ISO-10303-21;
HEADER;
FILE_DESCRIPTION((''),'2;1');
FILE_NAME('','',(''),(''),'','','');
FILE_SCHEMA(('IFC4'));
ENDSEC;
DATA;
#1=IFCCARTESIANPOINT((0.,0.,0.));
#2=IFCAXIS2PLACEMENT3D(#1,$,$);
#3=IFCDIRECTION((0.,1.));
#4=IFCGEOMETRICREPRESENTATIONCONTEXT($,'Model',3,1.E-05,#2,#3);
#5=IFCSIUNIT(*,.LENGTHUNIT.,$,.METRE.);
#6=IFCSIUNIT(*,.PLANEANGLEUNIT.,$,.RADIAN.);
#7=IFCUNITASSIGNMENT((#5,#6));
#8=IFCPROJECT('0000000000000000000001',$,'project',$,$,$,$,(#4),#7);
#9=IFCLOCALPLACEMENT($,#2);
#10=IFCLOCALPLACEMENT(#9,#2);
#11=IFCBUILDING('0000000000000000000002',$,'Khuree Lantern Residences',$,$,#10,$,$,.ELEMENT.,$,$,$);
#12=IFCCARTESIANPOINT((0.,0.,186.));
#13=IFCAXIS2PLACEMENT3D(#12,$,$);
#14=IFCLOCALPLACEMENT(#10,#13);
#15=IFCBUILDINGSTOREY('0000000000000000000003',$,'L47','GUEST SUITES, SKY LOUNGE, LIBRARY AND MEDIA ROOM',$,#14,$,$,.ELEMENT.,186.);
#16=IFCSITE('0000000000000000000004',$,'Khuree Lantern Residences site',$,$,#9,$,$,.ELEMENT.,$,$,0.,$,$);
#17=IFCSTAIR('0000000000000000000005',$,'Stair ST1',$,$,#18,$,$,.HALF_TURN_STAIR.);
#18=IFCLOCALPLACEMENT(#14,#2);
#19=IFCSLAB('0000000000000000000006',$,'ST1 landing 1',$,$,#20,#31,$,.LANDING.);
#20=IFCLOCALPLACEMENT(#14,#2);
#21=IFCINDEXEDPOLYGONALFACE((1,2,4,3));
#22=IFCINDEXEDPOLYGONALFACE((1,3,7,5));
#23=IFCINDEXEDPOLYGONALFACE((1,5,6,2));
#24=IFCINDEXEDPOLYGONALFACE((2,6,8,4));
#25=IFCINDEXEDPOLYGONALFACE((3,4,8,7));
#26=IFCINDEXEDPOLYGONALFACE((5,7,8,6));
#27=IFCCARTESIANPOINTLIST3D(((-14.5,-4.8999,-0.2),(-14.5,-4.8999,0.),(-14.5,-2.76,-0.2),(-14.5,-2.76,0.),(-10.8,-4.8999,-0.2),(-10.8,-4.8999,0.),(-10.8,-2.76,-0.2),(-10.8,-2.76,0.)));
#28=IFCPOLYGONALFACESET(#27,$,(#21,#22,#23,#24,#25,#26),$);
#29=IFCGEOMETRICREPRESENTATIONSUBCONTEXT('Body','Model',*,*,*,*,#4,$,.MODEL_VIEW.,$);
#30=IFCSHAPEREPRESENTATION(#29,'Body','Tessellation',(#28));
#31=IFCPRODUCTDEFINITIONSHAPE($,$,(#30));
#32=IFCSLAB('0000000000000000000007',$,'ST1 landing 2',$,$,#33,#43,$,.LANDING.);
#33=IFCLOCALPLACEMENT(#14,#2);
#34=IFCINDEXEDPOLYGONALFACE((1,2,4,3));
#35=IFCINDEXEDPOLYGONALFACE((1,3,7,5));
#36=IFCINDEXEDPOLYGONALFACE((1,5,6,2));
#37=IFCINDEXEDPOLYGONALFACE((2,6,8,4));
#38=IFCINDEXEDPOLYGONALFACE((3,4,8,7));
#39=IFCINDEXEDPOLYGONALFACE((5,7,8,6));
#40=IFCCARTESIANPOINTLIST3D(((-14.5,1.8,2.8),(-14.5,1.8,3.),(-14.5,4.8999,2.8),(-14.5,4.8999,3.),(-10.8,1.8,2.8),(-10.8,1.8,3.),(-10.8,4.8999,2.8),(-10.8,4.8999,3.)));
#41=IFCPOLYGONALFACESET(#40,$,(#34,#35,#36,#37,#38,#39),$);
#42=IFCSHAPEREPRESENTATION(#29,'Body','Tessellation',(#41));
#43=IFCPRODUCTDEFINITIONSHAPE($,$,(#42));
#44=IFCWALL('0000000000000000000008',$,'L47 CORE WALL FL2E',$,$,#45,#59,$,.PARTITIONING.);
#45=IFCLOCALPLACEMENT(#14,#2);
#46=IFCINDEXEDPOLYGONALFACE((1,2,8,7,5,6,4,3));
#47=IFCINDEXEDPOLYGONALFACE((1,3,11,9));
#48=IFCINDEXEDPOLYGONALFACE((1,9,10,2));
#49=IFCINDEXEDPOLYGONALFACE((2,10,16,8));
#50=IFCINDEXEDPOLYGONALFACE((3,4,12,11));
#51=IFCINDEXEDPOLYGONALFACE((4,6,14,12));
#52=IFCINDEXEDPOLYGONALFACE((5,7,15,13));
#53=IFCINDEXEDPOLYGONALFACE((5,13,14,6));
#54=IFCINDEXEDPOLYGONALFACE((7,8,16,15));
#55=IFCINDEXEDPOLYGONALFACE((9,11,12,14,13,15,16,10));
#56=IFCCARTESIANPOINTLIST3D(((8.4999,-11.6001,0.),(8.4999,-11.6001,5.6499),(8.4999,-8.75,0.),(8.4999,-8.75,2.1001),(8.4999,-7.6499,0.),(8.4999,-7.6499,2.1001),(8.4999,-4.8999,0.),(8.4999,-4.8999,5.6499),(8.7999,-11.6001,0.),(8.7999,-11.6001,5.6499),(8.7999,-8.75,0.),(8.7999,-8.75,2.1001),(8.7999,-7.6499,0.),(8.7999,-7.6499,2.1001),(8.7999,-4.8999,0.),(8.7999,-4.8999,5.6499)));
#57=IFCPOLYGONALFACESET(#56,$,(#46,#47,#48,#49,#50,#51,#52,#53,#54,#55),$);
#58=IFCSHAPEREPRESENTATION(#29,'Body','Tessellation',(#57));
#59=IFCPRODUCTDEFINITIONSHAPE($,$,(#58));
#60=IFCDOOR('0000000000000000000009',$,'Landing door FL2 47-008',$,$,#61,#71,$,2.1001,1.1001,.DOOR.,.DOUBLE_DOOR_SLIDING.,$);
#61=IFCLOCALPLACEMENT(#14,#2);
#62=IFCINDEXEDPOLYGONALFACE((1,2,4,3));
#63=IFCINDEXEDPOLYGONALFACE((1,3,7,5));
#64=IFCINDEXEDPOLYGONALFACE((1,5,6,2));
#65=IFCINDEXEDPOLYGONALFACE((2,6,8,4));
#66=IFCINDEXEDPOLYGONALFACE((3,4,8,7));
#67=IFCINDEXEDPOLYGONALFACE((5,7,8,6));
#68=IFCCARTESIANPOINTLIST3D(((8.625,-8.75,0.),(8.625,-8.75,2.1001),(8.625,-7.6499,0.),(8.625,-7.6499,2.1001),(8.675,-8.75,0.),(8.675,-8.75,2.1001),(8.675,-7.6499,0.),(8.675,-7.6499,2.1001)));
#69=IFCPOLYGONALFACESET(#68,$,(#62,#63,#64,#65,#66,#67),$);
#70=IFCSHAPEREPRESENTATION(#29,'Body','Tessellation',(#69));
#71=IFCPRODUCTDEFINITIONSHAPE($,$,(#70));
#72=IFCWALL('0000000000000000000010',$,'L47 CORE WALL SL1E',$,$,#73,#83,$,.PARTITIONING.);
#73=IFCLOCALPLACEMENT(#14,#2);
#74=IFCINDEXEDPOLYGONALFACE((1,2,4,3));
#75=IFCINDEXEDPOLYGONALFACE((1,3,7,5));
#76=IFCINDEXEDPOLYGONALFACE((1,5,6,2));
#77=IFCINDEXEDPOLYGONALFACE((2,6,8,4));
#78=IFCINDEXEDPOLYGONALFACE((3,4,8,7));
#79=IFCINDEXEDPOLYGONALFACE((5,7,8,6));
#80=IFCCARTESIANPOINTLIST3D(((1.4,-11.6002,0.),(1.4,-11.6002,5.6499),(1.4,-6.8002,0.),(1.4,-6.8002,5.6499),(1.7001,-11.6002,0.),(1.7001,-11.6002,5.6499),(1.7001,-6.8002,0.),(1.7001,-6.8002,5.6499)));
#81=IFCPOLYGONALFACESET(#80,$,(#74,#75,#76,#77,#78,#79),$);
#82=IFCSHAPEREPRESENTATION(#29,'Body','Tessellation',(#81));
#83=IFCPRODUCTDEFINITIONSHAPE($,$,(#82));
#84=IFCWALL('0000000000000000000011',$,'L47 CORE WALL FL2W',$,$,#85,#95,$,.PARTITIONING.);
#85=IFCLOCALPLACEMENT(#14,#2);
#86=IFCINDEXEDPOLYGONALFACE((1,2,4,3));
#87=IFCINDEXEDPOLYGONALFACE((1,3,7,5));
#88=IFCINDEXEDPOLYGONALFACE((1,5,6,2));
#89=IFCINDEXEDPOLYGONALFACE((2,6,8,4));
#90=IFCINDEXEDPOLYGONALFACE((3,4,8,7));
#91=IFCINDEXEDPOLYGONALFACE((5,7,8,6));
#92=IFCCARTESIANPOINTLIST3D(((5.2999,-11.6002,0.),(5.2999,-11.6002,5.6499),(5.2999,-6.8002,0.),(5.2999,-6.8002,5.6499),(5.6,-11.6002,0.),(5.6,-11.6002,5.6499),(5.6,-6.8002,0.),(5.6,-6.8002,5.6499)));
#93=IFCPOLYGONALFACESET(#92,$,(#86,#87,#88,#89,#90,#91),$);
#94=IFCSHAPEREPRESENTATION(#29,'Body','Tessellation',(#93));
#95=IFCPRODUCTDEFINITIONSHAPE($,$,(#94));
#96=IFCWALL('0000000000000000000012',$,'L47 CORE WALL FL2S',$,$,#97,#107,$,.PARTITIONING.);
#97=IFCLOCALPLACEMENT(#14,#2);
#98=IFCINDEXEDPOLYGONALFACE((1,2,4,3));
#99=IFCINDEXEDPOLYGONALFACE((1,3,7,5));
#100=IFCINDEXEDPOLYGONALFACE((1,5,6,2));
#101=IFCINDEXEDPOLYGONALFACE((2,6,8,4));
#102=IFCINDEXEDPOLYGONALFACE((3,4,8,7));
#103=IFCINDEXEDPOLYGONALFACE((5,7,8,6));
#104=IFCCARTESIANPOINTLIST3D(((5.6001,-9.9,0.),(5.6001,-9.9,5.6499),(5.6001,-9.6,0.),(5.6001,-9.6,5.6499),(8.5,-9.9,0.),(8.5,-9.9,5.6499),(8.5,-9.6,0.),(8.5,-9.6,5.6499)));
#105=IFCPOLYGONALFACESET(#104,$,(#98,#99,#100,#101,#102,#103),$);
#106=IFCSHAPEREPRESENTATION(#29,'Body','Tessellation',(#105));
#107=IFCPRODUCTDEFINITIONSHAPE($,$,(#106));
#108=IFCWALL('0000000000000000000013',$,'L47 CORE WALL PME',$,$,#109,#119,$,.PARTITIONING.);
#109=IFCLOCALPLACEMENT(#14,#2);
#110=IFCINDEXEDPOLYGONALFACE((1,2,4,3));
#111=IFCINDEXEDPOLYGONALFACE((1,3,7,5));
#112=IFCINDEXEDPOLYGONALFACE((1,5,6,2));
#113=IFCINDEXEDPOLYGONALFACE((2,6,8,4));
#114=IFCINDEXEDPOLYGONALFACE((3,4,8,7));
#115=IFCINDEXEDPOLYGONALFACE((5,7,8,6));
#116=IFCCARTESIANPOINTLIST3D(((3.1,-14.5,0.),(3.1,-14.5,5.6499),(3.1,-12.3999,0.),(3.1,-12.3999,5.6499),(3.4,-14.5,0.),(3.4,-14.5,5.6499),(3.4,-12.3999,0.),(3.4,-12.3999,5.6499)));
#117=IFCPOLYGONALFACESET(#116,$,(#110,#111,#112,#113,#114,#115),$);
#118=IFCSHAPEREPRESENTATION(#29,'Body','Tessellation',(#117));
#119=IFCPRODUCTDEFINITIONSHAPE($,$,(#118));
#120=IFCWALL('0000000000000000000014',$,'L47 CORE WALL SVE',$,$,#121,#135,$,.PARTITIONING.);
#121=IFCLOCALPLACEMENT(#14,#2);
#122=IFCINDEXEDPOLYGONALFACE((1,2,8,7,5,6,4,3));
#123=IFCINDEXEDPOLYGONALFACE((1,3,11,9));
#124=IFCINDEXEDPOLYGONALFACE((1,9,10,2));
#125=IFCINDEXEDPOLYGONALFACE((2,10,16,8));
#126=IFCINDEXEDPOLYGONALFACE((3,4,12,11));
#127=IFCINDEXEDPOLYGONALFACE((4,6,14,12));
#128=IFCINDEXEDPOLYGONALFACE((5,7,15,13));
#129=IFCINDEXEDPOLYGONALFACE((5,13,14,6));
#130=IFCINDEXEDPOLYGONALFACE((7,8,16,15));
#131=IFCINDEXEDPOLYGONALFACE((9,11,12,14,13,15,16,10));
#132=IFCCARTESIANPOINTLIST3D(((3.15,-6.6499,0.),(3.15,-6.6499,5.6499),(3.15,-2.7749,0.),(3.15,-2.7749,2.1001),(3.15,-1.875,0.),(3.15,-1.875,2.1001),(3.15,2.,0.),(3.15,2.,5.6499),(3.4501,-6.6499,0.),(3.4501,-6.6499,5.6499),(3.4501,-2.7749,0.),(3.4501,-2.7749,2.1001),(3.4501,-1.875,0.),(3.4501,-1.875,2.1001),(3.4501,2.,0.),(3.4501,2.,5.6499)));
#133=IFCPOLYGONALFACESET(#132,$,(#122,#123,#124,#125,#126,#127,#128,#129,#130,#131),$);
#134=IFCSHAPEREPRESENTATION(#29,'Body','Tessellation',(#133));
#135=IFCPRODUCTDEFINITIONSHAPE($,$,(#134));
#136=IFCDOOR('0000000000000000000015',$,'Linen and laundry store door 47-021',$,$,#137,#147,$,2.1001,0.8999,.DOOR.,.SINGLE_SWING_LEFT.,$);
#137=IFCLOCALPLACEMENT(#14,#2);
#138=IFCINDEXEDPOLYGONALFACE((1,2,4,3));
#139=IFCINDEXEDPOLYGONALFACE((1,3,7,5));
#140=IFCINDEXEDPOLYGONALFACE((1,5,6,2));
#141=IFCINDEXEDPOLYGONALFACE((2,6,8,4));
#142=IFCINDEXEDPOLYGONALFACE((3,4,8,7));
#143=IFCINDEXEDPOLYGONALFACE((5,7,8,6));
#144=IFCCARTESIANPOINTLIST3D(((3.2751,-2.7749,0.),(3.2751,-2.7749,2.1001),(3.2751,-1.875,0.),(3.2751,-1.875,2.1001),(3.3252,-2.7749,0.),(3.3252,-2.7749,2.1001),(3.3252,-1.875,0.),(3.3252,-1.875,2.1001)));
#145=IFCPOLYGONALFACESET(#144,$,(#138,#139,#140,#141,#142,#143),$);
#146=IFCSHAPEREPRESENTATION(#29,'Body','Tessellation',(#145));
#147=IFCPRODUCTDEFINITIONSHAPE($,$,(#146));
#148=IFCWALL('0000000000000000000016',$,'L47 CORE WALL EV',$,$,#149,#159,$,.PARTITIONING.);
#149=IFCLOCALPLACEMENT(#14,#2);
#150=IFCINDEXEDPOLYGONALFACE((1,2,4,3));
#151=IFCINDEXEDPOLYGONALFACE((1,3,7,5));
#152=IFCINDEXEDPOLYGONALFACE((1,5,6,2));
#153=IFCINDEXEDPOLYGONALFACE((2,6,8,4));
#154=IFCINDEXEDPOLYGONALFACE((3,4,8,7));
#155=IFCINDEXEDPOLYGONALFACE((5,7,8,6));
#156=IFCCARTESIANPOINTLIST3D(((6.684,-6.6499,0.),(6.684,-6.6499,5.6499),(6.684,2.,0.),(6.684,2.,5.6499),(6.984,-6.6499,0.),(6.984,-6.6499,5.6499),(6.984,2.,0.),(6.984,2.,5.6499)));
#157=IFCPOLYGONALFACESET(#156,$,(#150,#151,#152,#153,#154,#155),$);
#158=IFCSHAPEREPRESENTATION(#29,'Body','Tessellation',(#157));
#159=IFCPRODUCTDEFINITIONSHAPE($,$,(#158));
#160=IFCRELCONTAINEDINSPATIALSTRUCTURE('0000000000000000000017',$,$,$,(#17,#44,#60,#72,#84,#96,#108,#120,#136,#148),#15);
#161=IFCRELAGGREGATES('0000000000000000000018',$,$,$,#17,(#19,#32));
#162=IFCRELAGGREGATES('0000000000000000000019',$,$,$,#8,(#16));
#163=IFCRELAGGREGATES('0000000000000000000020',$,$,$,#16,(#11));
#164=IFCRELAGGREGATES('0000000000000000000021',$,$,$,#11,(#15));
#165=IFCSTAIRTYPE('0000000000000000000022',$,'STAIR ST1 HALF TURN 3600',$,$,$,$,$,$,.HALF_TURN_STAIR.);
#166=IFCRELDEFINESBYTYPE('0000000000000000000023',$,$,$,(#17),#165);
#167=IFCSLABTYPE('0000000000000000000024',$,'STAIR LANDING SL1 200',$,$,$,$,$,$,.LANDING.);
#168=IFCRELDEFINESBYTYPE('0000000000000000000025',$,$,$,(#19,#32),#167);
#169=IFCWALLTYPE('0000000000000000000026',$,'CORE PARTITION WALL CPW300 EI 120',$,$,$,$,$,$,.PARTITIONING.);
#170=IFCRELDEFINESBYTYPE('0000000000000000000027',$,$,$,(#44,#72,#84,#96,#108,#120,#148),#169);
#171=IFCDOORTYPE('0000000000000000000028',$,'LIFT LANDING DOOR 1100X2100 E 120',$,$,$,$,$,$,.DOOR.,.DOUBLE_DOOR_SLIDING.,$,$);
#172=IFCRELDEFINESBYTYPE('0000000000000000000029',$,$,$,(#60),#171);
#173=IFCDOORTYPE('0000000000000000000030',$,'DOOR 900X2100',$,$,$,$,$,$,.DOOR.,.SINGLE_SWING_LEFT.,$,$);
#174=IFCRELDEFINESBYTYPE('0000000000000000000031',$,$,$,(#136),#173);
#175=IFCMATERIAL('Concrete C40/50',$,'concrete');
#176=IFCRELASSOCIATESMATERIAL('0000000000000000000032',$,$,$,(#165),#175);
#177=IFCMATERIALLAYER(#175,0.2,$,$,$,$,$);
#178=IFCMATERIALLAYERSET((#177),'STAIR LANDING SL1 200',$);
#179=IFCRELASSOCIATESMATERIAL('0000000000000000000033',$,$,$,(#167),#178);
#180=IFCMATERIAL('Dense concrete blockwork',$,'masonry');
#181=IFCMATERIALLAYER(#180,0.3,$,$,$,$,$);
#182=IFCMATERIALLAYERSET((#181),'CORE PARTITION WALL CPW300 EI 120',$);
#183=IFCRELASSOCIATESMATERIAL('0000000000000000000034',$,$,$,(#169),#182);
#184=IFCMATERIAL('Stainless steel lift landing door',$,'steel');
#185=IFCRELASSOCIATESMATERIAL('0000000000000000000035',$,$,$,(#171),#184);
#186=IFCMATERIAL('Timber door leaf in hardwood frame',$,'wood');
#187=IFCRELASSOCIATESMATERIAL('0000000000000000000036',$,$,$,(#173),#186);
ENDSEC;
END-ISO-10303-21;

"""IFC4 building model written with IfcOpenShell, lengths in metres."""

from ifc_helpers import new_model, si_unit, direction, frame, frame_2d, origin, place, context, subcontext, project, spatial, polyline, rectangle, outline, extrude, material, layer, layer_set, type_object, element, fill, aggregate, save


model = new_model("IFC4")

# Units and contexts
model_context = context("Model", 3, precision=1e-05, world=origin(), true_north=direction((0.0, 1.0)))
body_context = subcontext(model_context, "Body", "Model", "MODEL_VIEW")
ifc_project = project(units=[si_unit("LENGTHUNIT", "METRE"), si_unit("PLANEANGLEUNIT", "RADIAN")], contexts=[model_context])

# Site, building, storey
site_placement = place(None, origin())
site = spatial("IfcSite", under=ifc_project, at=site_placement, Name="Khuree Lantern Residences site", CompositionType="ELEMENT", RefElevation=0.0)
building_placement = place(site_placement, origin())
building = spatial("IfcBuilding", under=site, at=building_placement, Name="Khuree Lantern Residences", CompositionType="ELEMENT")
storey_placement = place(building_placement, frame((0.0, 0.0, 186.0)))
storey = spatial("IfcBuildingStorey", under=building, at=storey_placement, Name="L47", Description="GUEST SUITES, SKY LOUNGE, LIBRARY AND MEDIA ROOM", CompositionType="ELEMENT", Elevation=186.0)

# Stair, slabs
ifc_material_1 = material(Name="Concrete C40/50", Category="concrete")
stair_type = type_object("IfcStairType", Name="STAIR ST1 HALF TURN 3600", PredefinedType="HALF_TURN_STAIR", material=ifc_material_1)
stair_1_placement = place(storey_placement, origin())
stair_1 = element("IfcStair", 1, at=stair_1_placement, inside=storey, type_object=stair_type, Name="Stair ST1", PredefinedType="HALF_TURN_STAIR")
ifc_layer_1 = layer(ifc_material_1, 0.2)
ifc_layer_set_1 = layer_set([ifc_layer_1], Name="STAIR LANDING SL1 200")
slab_type = type_object("IfcSlabType", Name="STAIR LANDING SL1 200", PredefinedType="LANDING", material=ifc_layer_set_1)
slab_1_placement = place(storey_placement, frame((0.0, 0.0, -0.2)))
slab_1 = element("IfcSlab", 2, at=slab_1_placement, type_object=slab_type, Name="ST1 landing 1", PredefinedType="LANDING", context=body_context, shape_type="SweptSolid", body=[
    extrude(outline(polyline([(-14.5, -4.8999), (-10.8, -4.8999), (-10.8, -2.76), (-14.5, -2.76), (-14.5, -4.8999)])), origin(), (0.0, 0.0, 1.0), 0.2),
])
slab_2_placement = place(storey_placement, frame((0.0, 0.0, 2.8)))
slab_2 = element("IfcSlab", 3, at=slab_2_placement, type_object=slab_type, Name="ST1 landing 2", PredefinedType="LANDING", context=body_context, shape_type="SweptSolid", body=[
    extrude(outline(polyline([(-14.5, 1.8), (-14.5, 4.8999), (-10.8, 4.8999), (-10.8, 1.8), (-14.5, 1.8)])), origin(), (0.0, 0.0, 1.0), 0.2),
])
aggregate(stair_1, [slab_1, slab_2])

# Wall, opening, door
ifc_material_2 = material(Name="Dense concrete blockwork", Category="masonry")
ifc_layer_2 = layer(ifc_material_2, 0.3)
ifc_layer_set_2 = layer_set([ifc_layer_2], Name="CORE PARTITION WALL CPW300 EI 120")
wall_type_1 = type_object("IfcWallType", Name="CORE PARTITION WALL CPW300 EI 120", PredefinedType="PARTITIONING", material=ifc_layer_set_2)
wall_1_placement = place(storey_placement, frame((8.6499, -11.6001, 0.0), z_axis=(0.0, 0.0, 1.0), x_axis=(0.0, 1.0, 0.0)))
wall_1 = element("IfcWall", 4, at=wall_1_placement, inside=storey, type_object=wall_type_1, Name="L47 CORE WALL FL2E", PredefinedType="PARTITIONING", context=body_context, shape_type="SweptSolid", body=[
    extrude(rectangle(XDim=6.7002, YDim=0.3, at=frame_2d((3.3501, 0.0))), origin(), (0.0, 0.0, 1.0), 5.6499),
])
opening_1_placement = place(wall_1_placement, frame((2.8501, 0.0, 0.0)))
opening_1 = element("IfcOpeningElement", 5, at=opening_1_placement, cuts=wall_1, PredefinedType="OPENING", context=body_context, shape_type="SweptSolid", body=[
    extrude(rectangle(XDim=1.1001, YDim=2.1001, at=frame_2d((0.55, 1.05))), frame((0.0, 0.1602, 0.0), z_axis=(0.0, -1.0, 0.0), x_axis=(1.0, 0.0, 0.0)), (0.0, 0.0, 1.0), 0.3201),
])
ifc_material_3 = material(Name="Stainless steel lift landing door", Category="steel")
door_type_1 = type_object("IfcDoorType", Name="LIFT LANDING DOOR 1100X2100 E 120", OperationType="DOUBLE_DOOR_SLIDING", PredefinedType="DOOR", material=ifc_material_3)
door_1_placement = place(opening_1_placement, origin())
door_1 = element("IfcDoor", 6, at=door_1_placement, inside=storey, type_object=door_type_1, Name="Landing door FL2 47-008", OperationType="DOUBLE_DOOR_SLIDING", OverallHeight=2.1001, OverallWidth=1.1001, PredefinedType="DOOR", context=body_context, shape_type="SweptSolid", body=[
    extrude(rectangle(XDim=1.1001, YDim=2.1001, at=frame_2d((0.55, 1.05))), frame((0.0, 0.0249, 0.0), z_axis=(0.0, -1.0, 0.0), x_axis=(1.0, 0.0, 0.0)), (0.0, 0.0, 1.0), 0.05),
])
fill(opening_1, door_1)

# Walls
for number, where, z_axis, x_axis, name in (
    (7, (1.55, -11.6001, 0.0), (0.0, 0.0, 1.0), (0.0, 1.0, 0.0), "L47 CORE WALL SL1E"),
    (8, (5.45, -11.6001, 0.0), (0.0, 0.0, 1.0), (0.0, 1.0, 0.0), "L47 CORE WALL FL2W"),
):
    element("IfcWall", number, at=place(storey_placement, frame(where, z_axis=z_axis, x_axis=x_axis)), inside=storey, type_object=wall_type_1, Name=name, PredefinedType="PARTITIONING", context=body_context, shape_type="SweptSolid", body=[
        extrude(rectangle(XDim=4.8, YDim=0.3, at=frame_2d((2.3999, 0.0))), origin(), (0.0, 0.0, 1.0), 5.6499),
    ])
wall_2_placement = place(storey_placement, frame((5.6001, -9.75, 0.0), z_axis=(0.0, 0.0, 1.0), x_axis=(1.0, 0.0, 0.0)))
element("IfcWall", 9, at=wall_2_placement, inside=storey, type_object=wall_type_1, Name="L47 CORE WALL FL2S", PredefinedType="PARTITIONING", context=body_context, shape_type="SweptSolid", body=[
    extrude(rectangle(XDim=2.8999, YDim=0.3, at=frame_2d((1.45, 0.0))), origin(), (0.0, 0.0, 1.0), 5.6499),
])
wall_3_placement = place(storey_placement, frame((3.25, -14.5, 0.0), z_axis=(0.0, 0.0, 1.0), x_axis=(0.0, 1.0, 0.0)))
element("IfcWall", 10, at=wall_3_placement, inside=storey, type_object=wall_type_1, Name="L47 CORE WALL PME", PredefinedType="PARTITIONING", context=body_context, shape_type="SweptSolid", body=[
    extrude(rectangle(XDim=2.1001, YDim=0.3, at=frame_2d((1.05, 0.0))), origin(), (0.0, 0.0, 1.0), 5.6499),
])

# Wall, opening, door
wall_4_placement = place(storey_placement, frame((3.3, -6.6499, 0.0), z_axis=(0.0, 0.0, 1.0), x_axis=(0.0, 1.0, 0.0)))
wall_4 = element("IfcWall", 11, at=wall_4_placement, inside=storey, type_object=wall_type_1, Name="L47 CORE WALL SVE", PredefinedType="PARTITIONING", context=body_context, shape_type="SweptSolid", body=[
    extrude(rectangle(XDim=8.6499, YDim=0.3, at=frame_2d((4.325, 0.0))), origin(), (0.0, 0.0, 1.0), 5.6499),
])
opening_2_placement = place(wall_4_placement, frame((3.875, 0.0, 0.0)))
opening_2 = element("IfcOpeningElement", 12, at=opening_2_placement, cuts=wall_4, PredefinedType="OPENING", context=body_context, shape_type="SweptSolid", body=[
    extrude(rectangle(XDim=0.8999, YDim=2.1001, at=frame_2d((0.45, 1.05))), frame((0.0, 0.1602, 0.0), z_axis=(0.0, -1.0, 0.0), x_axis=(1.0, 0.0, 0.0)), (0.0, 0.0, 1.0), 0.3201),
])
ifc_material_4 = material(Name="Timber door leaf in hardwood frame", Category="wood")
door_type_2 = type_object("IfcDoorType", Name="DOOR 900X2100", OperationType="SINGLE_SWING_LEFT", PredefinedType="DOOR", material=ifc_material_4)
door_2_placement = place(opening_2_placement, origin())
door_2 = element("IfcDoor", 13, at=door_2_placement, inside=storey, type_object=door_type_2, Name="Linen and laundry store door 47-021", OperationType="SINGLE_SWING_LEFT", OverallHeight=2.1001, OverallWidth=0.8999, PredefinedType="DOOR", context=body_context, shape_type="SweptSolid", body=[
    extrude(rectangle(XDim=0.8999, YDim=2.1001, at=frame_2d((0.45, 1.05))), frame((0.0, 0.0249, 0.0), z_axis=(0.0, -1.0, 0.0), x_axis=(1.0, 0.0, 0.0)), (0.0, 0.0, 1.0), 0.05),
])
fill(opening_2, door_2)

# Wall
wall_5_placement = place(storey_placement, frame((6.834, -6.6499, 0.0), z_axis=(0.0, 0.0, 1.0), x_axis=(0.0, 1.0, 0.0)))
element("IfcWall", 14, at=wall_5_placement, inside=storey, type_object=wall_type_1, Name="L47 CORE WALL EV", PredefinedType="PARTITIONING", context=body_context, shape_type="SweptSolid", body=[
    extrude(rectangle(XDim=8.6499, YDim=0.3, at=frame_2d((4.325, 0.0))), origin(), (0.0, 0.0, 1.0), 5.6499),
])

save(model, "model.ifc")
